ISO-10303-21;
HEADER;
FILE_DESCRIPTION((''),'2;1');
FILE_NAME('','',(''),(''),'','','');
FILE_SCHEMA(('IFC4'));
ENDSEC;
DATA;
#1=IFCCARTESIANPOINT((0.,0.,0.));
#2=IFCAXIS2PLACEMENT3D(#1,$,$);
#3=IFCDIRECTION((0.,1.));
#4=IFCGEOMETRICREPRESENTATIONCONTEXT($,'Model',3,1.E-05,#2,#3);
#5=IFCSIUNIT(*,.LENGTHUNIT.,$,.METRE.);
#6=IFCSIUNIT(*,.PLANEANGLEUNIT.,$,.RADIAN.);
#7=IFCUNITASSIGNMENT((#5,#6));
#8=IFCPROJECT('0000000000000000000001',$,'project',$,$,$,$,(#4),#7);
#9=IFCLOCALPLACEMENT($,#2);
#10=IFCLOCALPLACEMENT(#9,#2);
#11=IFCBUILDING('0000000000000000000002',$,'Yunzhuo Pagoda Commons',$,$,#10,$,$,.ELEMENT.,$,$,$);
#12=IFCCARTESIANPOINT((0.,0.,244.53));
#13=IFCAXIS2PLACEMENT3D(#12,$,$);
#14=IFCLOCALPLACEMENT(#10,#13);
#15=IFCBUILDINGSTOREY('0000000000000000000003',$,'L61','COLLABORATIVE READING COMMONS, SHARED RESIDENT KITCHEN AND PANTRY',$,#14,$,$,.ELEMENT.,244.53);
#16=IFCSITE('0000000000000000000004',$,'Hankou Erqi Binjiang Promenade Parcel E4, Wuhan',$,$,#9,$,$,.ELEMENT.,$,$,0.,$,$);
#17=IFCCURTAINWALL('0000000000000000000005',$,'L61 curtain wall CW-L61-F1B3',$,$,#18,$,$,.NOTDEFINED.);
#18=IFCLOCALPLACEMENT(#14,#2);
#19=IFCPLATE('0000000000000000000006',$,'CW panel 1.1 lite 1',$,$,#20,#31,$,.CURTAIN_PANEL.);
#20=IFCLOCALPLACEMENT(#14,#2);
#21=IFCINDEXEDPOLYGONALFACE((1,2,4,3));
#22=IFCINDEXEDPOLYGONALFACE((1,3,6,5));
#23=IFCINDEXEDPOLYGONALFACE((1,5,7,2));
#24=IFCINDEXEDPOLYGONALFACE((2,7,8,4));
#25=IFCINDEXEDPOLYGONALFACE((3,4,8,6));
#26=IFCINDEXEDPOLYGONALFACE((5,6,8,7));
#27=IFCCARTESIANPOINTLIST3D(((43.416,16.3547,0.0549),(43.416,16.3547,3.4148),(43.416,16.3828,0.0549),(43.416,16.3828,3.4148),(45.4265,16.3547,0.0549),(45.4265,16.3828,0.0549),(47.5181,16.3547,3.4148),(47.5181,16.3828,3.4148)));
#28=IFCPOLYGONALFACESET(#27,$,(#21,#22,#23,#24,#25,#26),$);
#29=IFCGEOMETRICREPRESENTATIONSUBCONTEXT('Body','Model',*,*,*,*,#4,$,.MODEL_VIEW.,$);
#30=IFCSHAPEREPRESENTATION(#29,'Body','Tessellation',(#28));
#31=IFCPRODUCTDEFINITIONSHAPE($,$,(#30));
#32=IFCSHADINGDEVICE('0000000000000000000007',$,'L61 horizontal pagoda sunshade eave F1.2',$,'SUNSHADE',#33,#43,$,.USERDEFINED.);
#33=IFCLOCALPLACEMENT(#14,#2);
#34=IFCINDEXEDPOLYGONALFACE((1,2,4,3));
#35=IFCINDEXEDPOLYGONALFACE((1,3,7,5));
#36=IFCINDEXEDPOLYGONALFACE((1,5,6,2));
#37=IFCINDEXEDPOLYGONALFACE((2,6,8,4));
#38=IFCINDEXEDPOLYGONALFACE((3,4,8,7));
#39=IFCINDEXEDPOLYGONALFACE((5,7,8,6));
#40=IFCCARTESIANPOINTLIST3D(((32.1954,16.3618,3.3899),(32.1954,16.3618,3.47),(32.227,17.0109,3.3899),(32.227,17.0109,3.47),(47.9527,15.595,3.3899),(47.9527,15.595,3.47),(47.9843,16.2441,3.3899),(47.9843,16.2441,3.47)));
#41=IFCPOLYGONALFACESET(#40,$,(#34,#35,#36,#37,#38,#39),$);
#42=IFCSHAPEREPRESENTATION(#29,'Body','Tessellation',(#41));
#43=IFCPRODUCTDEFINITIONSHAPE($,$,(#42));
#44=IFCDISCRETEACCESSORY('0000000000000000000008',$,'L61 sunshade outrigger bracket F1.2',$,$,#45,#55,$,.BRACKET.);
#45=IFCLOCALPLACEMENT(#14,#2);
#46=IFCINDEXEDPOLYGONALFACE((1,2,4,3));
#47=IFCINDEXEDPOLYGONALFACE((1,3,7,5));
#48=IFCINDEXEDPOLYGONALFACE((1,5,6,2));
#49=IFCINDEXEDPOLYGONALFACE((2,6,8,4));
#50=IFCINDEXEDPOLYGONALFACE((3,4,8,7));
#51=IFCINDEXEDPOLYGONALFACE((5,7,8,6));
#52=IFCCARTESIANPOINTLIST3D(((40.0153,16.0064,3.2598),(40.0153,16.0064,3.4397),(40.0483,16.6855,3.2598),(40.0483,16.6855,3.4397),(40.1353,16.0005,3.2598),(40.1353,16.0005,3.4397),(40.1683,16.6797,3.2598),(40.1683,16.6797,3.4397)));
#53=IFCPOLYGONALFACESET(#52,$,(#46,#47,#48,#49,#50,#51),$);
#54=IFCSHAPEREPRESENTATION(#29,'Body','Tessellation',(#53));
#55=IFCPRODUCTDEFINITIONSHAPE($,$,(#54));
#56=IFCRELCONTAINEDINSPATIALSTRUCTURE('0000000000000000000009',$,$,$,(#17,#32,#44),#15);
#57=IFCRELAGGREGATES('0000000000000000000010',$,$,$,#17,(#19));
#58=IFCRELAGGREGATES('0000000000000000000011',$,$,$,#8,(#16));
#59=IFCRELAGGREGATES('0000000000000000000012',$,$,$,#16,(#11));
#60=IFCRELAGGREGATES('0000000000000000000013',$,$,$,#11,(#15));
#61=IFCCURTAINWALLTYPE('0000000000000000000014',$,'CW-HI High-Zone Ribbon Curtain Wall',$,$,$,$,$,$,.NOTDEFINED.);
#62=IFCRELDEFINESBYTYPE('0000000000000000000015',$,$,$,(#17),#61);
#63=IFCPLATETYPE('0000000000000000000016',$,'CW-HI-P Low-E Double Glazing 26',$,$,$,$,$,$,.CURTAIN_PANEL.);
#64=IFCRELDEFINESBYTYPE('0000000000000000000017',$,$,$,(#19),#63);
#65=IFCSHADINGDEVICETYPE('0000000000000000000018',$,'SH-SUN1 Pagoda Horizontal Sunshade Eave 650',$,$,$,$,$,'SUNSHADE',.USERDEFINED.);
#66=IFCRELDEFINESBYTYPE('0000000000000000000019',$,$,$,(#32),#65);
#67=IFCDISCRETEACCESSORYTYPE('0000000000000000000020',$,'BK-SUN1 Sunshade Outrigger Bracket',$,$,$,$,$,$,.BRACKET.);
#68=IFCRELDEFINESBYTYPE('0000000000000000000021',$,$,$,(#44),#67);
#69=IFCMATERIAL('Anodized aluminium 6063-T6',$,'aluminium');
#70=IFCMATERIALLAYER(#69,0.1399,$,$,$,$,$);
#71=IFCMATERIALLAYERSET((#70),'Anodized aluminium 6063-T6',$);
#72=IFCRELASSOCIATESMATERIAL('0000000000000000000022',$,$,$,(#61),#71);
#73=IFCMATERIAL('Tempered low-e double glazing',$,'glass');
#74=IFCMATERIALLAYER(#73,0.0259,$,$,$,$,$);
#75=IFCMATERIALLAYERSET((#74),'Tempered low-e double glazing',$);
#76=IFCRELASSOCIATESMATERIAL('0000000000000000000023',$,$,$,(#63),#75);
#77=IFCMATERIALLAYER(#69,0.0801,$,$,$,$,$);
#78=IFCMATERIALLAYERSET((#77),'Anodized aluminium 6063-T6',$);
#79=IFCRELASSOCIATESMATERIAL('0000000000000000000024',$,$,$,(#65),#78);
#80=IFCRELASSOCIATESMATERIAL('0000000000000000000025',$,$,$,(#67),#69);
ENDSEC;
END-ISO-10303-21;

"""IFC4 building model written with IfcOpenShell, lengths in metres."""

from ifc_helpers import new_model, si_unit, direction, frame, origin, origin_2d, place, context, subcontext, project, spatial, polyline, rectangle, outline, extrude, source, transform, mapped, material, layer, layer_set, type_object, element, aggregate, save


model = new_model("IFC4")

# Units and contexts
model_context = context("Model", 3, precision=1e-05, world=origin(), true_north=direction((0.0, 1.0)))
body_context = subcontext(model_context, "Body", "Model", "MODEL_VIEW")
ifc_project = project(units=[si_unit("LENGTHUNIT", "METRE"), si_unit("PLANEANGLEUNIT", "RADIAN")], contexts=[model_context])

# Site, building, storey
site_placement = place(None, origin())
site = spatial("IfcSite", under=ifc_project, at=site_placement, Name="Hankou Erqi Binjiang Promenade Parcel E4, Wuhan", CompositionType="ELEMENT", RefElevation=0.0)
building_placement = place(site_placement, origin())
building = spatial("IfcBuilding", under=site, at=building_placement, Name="Yunzhuo Pagoda Commons", CompositionType="ELEMENT")
storey_placement = place(building_placement, frame((0.0, 0.0, 244.53)))
storey = spatial("IfcBuildingStorey", under=building, at=storey_placement, Name="L61", Description="COLLABORATIVE READING COMMONS, SHARED RESIDENT KITCHEN AND PANTRY", CompositionType="ELEMENT", Elevation=244.53)

# Shared definitions
ifc_material_1 = material(Name="Anodized aluminium 6063-T6", Category="aluminium")
ifc_layer_1 = layer(ifc_material_1, 0.1399)
ifc_layer_set_1 = layer_set([ifc_layer_1], Name="Anodized aluminium 6063-T6")
curtain_wall_type = type_object("IfcCurtainWallType", Name="CW-HI High-Zone Ribbon Curtain Wall", PredefinedType="NOTDEFINED", material=ifc_layer_set_1)

# Curtain wall
curtain_wall_1_placement = place(storey_placement, origin())
curtain_wall_1 = element("IfcCurtainWall", 1, at=curtain_wall_1_placement, inside=storey, type_object=curtain_wall_type, Name="L61 curtain wall CW-L61-F1B3", PredefinedType="NOTDEFINED")

# Plate
ifc_material_2 = material(Name="Tempered low-e double glazing", Category="glass")
ifc_layer_2 = layer(ifc_material_2, 0.0259)
ifc_layer_set_2 = layer_set([ifc_layer_2], Name="Tempered low-e double glazing")
plate_type = type_object("IfcPlateType", Name="CW-HI-P Low-E Double Glazing 26", PredefinedType="CURTAIN_PANEL", material=ifc_layer_set_2)
plate_1_placement = place(storey_placement, frame((45.467, 16.3828, 1.7349), z_axis=(0.0, -1.0, 0.0), x_axis=(1.0, 0.0, 0.0)))
plate_1 = element("IfcPlate", 2, at=plate_1_placement, type_object=plate_type, Name="CW panel 1.1 lite 1", PredefinedType="CURTAIN_PANEL", context=body_context, shape_type="SweptSolid", body=[
    extrude(outline(polyline([(-2.051, -1.6799), (-0.0405, -1.6799), (2.051, 1.6799), (-2.051, 1.6799), (-2.051, -1.6799)])), origin(), (0.0, 0.0, 1.0), 0.0281),
])
aggregate(curtain_wall_1, [plate_1])

# Shading device
ifc_layer_3 = layer(ifc_material_1, 0.0801)
ifc_layer_set_3 = layer_set([ifc_layer_3], Name="Anodized aluminium 6063-T6")
shading_device_type = type_object("IfcShadingDeviceType", Name="SH-SUN1 Pagoda Horizontal Sunshade Eave 650", ElementType="SUNSHADE", PredefinedType="USERDEFINED", material=ifc_layer_set_3)
shared_shape_1 = source(origin(), body_context, "Body", "SweptSolid", [
    extrude(rectangle(XDim=15.7759, YDim=0.6499, at=origin_2d()), origin(), (0.0, 0.0, 1.0), 0.0801),
])
shading_device_placement = place(storey_placement, frame((40.0898, 16.303, 3.3899), z_axis=(0.0, 0.0, 1.0), x_axis=(0.998818, -0.048606, 0.0)))
element("IfcShadingDevice", 3, at=shading_device_placement, inside=storey, type_object=shading_device_type, Name="L61 horizontal pagoda sunshade eave F1.2", ObjectType="SUNSHADE", PredefinedType="USERDEFINED", context=body_context, shape_type="MappedRepresentation", body=[
    mapped(shared_shape_1, transform((0.0, 0.0, 0.0), scale=1.0)),
])

# Discrete accessory
discrete_accessory_type = type_object("IfcDiscreteAccessoryType", Name="BK-SUN1 Sunshade Outrigger Bracket", PredefinedType="BRACKET", material=ifc_material_1)
shared_shape_2 = source(origin(), body_context, "Body", "SweptSolid", [
    extrude(rectangle(XDim=0.1201, YDim=0.6799, at=origin_2d()), origin(), (0.0, 0.0, 1.0), 0.1799),
])
discrete_accessory_placement = place(storey_placement, frame((40.0918, 16.343, 3.2598), z_axis=(0.0, 0.0, 1.0), x_axis=(0.998818, -0.048606, 0.0)))
element("IfcDiscreteAccessory", 4, at=discrete_accessory_placement, inside=storey, type_object=discrete_accessory_type, Name="L61 sunshade outrigger bracket F1.2", PredefinedType="BRACKET", context=body_context, shape_type="MappedRepresentation", body=[
    mapped(shared_shape_2, transform((0.0, 0.0, 0.0), scale=1.0)),
])

save(model, "model.ifc")
